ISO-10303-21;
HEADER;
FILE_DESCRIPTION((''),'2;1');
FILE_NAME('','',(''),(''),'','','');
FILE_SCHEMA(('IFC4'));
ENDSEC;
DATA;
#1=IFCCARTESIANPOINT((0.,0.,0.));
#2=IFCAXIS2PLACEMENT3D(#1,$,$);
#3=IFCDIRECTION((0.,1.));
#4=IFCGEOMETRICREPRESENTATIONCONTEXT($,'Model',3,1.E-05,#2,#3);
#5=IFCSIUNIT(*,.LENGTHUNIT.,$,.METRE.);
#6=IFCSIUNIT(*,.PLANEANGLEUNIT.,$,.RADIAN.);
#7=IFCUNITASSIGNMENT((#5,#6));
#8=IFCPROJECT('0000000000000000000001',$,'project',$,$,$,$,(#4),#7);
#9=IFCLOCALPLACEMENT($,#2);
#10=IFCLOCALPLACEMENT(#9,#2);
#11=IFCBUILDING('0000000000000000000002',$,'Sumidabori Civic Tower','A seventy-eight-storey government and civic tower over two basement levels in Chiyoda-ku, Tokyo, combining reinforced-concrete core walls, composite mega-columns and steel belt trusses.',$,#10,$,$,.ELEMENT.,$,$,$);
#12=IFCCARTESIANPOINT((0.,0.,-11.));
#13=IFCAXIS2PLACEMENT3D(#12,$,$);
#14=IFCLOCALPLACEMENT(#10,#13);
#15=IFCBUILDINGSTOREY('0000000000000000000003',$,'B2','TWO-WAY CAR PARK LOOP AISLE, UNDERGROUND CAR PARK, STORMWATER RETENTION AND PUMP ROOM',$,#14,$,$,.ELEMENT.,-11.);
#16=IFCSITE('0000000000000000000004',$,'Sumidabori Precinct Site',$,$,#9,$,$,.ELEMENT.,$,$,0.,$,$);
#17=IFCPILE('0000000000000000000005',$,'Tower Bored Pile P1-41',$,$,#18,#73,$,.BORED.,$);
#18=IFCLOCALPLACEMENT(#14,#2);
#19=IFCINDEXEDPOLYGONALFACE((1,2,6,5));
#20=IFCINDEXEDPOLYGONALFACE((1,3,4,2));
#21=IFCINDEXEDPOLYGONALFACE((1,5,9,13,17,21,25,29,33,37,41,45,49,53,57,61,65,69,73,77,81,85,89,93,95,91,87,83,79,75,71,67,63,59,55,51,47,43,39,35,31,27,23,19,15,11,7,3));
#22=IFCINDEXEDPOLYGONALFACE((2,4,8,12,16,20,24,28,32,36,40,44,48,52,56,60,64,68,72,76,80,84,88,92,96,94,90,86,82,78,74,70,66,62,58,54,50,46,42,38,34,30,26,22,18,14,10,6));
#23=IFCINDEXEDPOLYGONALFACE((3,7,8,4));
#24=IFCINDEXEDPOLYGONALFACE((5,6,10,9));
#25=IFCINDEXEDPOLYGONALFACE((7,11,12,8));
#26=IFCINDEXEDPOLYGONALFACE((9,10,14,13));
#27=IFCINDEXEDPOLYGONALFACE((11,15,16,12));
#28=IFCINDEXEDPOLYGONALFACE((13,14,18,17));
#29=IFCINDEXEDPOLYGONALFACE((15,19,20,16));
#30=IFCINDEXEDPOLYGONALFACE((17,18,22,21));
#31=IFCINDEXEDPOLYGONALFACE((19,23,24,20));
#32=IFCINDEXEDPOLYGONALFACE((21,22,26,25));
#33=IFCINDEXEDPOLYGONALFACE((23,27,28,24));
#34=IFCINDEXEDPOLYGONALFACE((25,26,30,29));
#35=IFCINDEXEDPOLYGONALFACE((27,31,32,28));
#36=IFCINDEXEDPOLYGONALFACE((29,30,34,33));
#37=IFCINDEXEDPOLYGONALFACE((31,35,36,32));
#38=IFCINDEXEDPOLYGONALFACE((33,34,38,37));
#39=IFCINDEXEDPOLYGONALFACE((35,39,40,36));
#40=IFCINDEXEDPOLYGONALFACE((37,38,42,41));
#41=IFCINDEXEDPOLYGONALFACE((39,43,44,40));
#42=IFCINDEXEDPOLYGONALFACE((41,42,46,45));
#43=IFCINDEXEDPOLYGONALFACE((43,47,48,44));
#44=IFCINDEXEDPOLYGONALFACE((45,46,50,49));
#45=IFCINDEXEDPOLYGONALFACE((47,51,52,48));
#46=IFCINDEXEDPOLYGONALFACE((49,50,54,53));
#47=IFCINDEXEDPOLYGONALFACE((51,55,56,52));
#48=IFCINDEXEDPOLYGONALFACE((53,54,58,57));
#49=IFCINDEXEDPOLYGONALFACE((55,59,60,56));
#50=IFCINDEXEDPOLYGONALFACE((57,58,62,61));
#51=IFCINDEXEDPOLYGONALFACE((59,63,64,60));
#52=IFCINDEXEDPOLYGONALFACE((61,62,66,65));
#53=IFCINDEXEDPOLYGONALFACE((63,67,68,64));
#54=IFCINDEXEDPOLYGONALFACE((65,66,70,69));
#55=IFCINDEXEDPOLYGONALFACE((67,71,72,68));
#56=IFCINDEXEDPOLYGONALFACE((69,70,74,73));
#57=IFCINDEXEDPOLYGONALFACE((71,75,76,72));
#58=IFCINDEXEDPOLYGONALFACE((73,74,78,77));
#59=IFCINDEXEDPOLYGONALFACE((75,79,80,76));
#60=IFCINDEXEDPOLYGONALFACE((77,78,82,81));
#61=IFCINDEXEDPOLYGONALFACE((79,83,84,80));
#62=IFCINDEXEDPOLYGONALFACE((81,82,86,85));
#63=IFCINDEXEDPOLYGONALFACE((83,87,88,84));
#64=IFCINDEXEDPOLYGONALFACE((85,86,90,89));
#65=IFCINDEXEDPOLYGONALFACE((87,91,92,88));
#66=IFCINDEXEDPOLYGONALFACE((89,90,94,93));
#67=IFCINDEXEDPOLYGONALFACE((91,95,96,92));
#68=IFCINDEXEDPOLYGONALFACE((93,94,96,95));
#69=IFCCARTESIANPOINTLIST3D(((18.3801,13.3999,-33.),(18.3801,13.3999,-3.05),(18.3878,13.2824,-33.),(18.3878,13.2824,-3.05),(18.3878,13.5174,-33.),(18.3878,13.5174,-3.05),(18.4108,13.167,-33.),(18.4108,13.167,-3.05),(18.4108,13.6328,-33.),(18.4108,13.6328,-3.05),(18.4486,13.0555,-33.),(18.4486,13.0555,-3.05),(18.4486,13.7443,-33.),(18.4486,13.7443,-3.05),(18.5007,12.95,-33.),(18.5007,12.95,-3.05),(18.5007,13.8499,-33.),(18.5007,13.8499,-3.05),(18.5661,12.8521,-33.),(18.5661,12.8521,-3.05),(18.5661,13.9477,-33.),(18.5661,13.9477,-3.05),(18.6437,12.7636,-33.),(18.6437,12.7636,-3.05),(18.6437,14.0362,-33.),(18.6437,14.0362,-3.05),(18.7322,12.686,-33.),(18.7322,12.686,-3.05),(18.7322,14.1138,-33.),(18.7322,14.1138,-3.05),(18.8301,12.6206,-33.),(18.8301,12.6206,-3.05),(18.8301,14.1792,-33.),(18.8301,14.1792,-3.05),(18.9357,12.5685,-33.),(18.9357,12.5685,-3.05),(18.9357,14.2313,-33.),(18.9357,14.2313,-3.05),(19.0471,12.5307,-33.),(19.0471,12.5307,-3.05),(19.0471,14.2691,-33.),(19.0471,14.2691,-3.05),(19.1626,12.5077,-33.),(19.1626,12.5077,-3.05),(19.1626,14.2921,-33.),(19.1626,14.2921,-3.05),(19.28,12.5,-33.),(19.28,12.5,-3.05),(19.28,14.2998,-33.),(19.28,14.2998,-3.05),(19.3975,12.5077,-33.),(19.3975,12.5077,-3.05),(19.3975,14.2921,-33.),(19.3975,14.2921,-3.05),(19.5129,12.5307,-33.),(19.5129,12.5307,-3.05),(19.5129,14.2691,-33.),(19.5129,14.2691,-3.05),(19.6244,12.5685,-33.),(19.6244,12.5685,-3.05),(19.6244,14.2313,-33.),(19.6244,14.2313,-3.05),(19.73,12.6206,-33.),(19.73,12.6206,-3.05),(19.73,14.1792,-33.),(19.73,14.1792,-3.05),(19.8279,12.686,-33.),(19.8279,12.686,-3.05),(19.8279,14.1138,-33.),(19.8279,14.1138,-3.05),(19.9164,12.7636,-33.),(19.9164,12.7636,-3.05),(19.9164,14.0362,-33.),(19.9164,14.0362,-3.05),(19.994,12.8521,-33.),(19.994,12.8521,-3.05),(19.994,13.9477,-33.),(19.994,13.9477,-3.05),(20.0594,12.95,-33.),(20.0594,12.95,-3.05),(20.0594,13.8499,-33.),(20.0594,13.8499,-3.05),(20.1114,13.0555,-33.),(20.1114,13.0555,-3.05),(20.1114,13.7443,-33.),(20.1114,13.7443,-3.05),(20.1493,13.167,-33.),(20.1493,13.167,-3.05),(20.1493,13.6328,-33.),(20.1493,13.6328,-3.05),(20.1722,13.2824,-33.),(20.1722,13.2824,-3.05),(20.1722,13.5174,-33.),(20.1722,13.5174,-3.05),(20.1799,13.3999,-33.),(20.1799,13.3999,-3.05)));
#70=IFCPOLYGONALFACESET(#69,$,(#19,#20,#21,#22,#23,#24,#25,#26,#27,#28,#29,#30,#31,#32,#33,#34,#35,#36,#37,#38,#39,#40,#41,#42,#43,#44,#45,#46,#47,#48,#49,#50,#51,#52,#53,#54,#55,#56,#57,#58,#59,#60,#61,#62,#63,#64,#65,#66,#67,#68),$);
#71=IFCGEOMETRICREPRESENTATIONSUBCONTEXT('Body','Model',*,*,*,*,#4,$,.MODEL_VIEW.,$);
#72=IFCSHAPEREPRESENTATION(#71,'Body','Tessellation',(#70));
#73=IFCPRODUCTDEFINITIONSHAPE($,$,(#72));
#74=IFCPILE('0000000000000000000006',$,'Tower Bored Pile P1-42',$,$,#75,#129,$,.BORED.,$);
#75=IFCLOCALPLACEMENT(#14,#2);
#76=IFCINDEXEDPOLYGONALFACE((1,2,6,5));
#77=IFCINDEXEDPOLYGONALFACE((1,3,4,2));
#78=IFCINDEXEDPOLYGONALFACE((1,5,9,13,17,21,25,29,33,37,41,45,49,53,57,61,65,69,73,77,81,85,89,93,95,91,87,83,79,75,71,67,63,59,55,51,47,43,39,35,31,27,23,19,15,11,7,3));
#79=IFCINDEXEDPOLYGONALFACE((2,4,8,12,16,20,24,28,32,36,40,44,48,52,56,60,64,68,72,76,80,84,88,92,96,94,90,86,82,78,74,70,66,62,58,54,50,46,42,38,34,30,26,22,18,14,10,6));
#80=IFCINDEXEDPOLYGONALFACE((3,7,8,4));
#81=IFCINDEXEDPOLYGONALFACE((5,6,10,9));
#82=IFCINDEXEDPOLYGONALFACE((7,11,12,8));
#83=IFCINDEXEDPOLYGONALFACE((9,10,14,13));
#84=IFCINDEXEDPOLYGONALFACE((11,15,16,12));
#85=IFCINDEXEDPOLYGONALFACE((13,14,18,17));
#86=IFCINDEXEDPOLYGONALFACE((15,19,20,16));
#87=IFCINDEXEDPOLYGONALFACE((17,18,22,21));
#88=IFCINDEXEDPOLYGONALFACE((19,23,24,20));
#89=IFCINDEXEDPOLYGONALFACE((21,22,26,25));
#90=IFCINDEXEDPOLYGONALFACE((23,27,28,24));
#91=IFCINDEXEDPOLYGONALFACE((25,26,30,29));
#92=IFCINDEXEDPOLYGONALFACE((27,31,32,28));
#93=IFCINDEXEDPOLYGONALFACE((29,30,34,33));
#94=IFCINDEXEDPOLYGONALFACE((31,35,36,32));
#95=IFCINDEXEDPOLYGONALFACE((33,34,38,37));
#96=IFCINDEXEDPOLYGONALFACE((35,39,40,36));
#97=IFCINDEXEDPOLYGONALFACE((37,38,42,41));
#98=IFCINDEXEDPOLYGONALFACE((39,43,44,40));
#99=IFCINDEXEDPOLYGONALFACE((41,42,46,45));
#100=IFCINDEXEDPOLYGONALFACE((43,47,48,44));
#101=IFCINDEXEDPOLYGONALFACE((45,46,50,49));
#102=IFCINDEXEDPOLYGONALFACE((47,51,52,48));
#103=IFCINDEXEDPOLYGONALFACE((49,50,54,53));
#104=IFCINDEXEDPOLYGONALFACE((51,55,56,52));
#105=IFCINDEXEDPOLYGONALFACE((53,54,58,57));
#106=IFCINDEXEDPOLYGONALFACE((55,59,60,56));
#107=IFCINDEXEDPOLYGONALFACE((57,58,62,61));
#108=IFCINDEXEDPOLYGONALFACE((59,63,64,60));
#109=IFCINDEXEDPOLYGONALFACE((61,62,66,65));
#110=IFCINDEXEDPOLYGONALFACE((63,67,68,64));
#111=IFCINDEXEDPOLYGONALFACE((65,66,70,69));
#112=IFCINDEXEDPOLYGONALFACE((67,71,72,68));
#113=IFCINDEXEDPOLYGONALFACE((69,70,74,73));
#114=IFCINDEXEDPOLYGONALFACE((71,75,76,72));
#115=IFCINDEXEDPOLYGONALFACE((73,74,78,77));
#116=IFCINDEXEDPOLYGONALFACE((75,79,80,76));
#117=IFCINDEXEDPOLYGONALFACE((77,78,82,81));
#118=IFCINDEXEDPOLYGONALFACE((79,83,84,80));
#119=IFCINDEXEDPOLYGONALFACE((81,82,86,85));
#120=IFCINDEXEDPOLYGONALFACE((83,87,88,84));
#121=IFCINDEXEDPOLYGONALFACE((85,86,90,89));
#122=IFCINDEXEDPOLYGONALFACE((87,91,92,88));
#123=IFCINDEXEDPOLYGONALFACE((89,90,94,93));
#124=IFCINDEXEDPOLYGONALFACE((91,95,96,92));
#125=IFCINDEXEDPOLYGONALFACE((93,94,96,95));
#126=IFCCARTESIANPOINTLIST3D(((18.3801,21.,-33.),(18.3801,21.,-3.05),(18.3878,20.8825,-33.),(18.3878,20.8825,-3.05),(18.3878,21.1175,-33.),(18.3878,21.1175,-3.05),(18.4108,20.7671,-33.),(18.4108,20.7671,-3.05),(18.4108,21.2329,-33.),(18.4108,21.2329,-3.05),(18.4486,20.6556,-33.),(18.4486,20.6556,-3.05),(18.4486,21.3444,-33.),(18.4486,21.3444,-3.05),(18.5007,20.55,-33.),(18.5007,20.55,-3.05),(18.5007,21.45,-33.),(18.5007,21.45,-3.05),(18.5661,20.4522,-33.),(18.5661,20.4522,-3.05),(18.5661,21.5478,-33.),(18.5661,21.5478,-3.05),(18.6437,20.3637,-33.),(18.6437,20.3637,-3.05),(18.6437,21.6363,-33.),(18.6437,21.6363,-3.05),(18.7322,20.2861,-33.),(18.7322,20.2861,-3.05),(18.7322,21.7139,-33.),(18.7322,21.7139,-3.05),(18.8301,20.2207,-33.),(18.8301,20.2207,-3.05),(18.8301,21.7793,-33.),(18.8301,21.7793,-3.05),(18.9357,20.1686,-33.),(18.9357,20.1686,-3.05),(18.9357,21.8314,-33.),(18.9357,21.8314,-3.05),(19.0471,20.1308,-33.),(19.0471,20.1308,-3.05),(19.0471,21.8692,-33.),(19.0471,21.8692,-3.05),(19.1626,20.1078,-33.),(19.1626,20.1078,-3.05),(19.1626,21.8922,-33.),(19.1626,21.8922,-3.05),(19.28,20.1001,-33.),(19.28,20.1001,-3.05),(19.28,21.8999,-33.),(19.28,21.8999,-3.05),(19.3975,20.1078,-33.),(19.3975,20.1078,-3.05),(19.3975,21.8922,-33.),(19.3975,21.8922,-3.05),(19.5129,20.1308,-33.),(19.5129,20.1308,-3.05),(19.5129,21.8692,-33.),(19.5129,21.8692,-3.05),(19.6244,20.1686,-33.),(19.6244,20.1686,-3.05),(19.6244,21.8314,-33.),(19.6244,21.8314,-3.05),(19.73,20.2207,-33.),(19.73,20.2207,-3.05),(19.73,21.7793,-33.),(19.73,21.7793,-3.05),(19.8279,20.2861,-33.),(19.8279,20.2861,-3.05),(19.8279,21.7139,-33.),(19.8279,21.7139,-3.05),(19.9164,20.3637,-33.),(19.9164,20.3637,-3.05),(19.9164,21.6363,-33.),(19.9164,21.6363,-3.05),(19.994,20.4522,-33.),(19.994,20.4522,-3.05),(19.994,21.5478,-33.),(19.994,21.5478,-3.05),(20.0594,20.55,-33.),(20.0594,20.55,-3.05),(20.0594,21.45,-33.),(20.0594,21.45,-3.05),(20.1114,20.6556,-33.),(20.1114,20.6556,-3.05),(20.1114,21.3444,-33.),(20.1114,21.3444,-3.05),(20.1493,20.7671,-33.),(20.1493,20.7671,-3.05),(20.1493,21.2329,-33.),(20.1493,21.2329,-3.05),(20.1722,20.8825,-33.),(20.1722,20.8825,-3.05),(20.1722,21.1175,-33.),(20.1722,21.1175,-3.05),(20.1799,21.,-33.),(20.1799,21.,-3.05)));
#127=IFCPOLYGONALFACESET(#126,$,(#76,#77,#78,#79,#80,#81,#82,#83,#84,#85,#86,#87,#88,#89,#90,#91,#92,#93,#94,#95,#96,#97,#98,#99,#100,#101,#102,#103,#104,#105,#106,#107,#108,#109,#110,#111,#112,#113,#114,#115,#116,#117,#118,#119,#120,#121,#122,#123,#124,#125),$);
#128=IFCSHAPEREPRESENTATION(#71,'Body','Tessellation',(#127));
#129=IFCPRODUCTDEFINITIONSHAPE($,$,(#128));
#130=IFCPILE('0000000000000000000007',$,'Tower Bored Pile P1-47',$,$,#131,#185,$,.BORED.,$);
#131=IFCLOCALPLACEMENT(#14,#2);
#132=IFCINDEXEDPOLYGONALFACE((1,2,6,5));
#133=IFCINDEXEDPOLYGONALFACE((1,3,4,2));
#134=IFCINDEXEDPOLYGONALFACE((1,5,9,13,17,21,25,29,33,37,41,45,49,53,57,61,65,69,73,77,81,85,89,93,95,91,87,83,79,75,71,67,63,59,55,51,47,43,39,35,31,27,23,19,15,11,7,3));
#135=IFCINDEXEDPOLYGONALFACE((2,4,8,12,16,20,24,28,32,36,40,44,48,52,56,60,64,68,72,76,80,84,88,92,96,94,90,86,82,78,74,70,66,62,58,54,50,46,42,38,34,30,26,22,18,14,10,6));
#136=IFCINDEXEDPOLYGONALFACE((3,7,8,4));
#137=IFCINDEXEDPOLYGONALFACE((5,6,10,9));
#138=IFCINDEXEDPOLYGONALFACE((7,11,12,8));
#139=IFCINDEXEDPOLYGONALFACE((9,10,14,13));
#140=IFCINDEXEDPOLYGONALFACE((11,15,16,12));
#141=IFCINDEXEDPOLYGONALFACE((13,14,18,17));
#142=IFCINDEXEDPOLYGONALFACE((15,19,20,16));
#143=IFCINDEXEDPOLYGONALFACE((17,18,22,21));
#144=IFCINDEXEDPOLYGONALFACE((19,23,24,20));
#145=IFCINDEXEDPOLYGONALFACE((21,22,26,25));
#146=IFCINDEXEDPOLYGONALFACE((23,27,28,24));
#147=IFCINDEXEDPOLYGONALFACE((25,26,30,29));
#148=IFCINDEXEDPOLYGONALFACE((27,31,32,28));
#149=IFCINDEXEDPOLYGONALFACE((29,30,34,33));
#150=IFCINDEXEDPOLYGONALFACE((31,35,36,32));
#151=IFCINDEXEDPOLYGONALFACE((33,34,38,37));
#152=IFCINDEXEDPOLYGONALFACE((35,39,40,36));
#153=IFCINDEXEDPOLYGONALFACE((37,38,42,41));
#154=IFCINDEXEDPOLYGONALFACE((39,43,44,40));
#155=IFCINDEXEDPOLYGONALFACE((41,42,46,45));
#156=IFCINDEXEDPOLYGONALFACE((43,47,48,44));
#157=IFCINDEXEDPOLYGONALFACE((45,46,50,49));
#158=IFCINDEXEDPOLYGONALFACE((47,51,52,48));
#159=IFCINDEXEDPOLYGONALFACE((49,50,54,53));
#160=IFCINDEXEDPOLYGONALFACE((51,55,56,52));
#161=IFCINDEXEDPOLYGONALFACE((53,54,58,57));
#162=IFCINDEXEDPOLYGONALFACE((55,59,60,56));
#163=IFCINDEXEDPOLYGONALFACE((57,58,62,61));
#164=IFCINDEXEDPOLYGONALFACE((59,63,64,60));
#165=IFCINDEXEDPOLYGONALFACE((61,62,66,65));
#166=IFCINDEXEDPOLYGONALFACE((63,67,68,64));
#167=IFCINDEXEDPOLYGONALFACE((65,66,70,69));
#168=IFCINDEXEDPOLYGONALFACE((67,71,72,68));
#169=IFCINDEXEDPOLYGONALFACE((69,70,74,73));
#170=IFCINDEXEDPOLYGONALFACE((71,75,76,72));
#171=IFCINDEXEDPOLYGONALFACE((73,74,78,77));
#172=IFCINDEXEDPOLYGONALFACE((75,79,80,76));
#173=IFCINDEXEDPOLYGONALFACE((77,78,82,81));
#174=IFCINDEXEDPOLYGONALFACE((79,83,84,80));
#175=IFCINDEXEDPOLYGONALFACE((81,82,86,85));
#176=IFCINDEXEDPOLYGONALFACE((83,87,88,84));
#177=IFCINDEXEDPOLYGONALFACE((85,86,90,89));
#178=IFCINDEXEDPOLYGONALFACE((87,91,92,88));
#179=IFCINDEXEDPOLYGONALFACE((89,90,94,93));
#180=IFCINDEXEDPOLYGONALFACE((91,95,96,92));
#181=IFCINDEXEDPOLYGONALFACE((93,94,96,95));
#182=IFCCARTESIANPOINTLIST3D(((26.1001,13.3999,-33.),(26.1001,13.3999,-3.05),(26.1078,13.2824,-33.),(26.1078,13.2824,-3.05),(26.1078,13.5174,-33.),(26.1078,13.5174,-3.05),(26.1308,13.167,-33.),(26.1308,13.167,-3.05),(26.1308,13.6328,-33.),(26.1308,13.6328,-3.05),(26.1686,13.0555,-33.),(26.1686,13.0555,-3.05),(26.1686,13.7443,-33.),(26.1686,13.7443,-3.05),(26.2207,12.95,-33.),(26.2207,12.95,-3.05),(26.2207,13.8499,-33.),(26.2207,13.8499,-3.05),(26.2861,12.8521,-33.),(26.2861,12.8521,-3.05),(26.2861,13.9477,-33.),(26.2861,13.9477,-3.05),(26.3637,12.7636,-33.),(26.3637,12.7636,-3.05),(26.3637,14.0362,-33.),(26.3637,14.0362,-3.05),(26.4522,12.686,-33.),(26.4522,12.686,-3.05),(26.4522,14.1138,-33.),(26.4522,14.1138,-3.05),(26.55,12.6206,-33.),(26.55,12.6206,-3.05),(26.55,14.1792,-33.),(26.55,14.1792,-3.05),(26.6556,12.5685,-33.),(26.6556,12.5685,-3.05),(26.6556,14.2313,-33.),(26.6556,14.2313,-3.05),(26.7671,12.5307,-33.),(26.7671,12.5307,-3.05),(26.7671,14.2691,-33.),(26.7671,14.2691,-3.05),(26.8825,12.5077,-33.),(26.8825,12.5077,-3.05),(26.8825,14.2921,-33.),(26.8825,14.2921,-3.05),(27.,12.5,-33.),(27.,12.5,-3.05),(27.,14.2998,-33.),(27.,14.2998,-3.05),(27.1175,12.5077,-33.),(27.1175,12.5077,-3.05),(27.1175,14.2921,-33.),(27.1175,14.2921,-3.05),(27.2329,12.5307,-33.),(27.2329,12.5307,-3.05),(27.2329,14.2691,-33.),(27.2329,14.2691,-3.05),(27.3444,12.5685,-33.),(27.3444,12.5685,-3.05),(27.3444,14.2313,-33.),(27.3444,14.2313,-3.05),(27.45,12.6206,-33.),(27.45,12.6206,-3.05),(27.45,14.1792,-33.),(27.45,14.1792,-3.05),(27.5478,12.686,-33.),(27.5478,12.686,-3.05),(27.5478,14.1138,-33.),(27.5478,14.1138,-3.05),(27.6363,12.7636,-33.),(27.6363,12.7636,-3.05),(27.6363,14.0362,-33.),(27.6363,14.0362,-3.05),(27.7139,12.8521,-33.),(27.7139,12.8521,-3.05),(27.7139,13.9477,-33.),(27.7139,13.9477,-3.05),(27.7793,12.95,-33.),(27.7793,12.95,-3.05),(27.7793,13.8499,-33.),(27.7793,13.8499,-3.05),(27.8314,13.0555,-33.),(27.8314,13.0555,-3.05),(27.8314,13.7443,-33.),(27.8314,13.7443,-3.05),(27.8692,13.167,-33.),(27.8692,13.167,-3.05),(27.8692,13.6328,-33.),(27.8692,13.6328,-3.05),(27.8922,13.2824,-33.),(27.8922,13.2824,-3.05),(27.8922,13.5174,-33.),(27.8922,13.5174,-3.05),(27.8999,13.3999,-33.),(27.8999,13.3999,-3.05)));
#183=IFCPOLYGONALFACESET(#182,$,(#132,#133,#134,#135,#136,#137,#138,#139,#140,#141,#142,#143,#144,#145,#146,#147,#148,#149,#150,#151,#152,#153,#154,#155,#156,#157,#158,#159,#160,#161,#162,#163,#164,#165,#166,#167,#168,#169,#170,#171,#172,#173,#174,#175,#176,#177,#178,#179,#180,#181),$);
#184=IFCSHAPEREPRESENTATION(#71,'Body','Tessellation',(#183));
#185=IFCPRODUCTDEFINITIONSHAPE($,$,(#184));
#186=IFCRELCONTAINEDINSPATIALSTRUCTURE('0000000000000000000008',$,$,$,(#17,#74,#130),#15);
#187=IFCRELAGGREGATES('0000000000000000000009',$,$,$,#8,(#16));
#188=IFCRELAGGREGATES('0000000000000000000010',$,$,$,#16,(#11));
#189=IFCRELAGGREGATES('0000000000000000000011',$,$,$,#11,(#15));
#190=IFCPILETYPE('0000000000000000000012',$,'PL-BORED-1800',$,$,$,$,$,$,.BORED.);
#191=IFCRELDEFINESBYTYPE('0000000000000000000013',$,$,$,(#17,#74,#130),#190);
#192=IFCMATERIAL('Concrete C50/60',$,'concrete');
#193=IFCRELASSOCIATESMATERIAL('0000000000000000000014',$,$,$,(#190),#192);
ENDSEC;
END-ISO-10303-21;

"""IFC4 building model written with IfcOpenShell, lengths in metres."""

from ifc_helpers import new_model, si_unit, direction, frame, origin, origin_2d, place, context, subcontext, project, spatial, circle, extrude, source, transform, mapped, material, material_profile, profile_set, type_object, element, save


model = new_model("IFC4")

# Units and contexts
model_context = context("Model", 3, precision=1e-05, world=origin(), true_north=direction((0.0, 1.0)))
body_context = subcontext(model_context, "Body", "Model", "MODEL_VIEW")
ifc_project = project(units=[si_unit("LENGTHUNIT", "METRE"), si_unit("PLANEANGLEUNIT", "RADIAN")], contexts=[model_context])

# Site, building, storey
site_placement = place(None, origin())
site = spatial("IfcSite", under=ifc_project, at=site_placement, Name="Sumidabori Precinct Site", CompositionType="ELEMENT", RefElevation=0.0)
building_placement = place(site_placement, origin())
building = spatial("IfcBuilding", under=site, at=building_placement, Name="Sumidabori Civic Tower", Description="A seventy-eight-storey government and civic tower over two basement levels in Chiyoda-ku, Tokyo, combining reinforced-concrete core walls, composite mega-columns and steel belt trusses.", CompositionType="ELEMENT")
storey_placement = place(building_placement, frame((0.0, 0.0, -11.0)))
storey = spatial("IfcBuildingStorey", under=building, at=storey_placement, Name="B2", Description="TWO-WAY CAR PARK LOOP AISLE, UNDERGROUND CAR PARK, STORMWATER RETENTION AND PUMP ROOM", CompositionType="ELEMENT", Elevation=-11.0)

# Piles
ifc_material_1 = material(Name="Concrete C50/60", Category="concrete")
ifc_material_profile_1 = material_profile(ifc_material_1, circle(Radius=0.8999, at=origin_2d()), Name="BORED PILE 1800")
ifc_profile_set_1 = profile_set([ifc_material_profile_1], Name="Concrete C50/60")
pile_type_1 = type_object("IfcPileType", Name="PL-BORED-1800", PredefinedType="BORED", material=ifc_profile_set_1)
shared_shape_1 = source(origin(), body_context, "Body", "SweptSolid", [
    extrude(circle(Radius=0.8999, at=origin_2d()), origin(), (0.0, 0.0, 1.0), 29.95),
])
for number, where, z_axis, x_axis, name in (
    (1, (19.28, 13.3999, -3.05), (0.0, 0.0, -1.0), (1.0, 0.0, 0.0), "Tower Bored Pile P1-41"),
    (2, (19.28, 21.0, -3.05), (0.0, 0.0, -1.0), (1.0, 0.0, 0.0), "Tower Bored Pile P1-42"),
    (3, (27.0, 13.3999, -3.05), (0.0, 0.0, -1.0), (1.0, 0.0, 0.0), "Tower Bored Pile P1-47"),
):
    element("IfcPile", number, at=place(storey_placement, frame(where, z_axis=z_axis, x_axis=x_axis)), inside=storey, type_object=pile_type_1, Name=name, PredefinedType="BORED", context=body_context, shape_type="MappedRepresentation", body=[
        mapped(shared_shape_1, transform((0.0, 0.0, 0.0), x_axis=(1.0, 0.0, 0.0), y_axis=(0.0, 1.0, 0.0), z_axis=(0.0, 0.0, 1.0), scale=1.0)),
    ])

save(model, "model.ifc")
